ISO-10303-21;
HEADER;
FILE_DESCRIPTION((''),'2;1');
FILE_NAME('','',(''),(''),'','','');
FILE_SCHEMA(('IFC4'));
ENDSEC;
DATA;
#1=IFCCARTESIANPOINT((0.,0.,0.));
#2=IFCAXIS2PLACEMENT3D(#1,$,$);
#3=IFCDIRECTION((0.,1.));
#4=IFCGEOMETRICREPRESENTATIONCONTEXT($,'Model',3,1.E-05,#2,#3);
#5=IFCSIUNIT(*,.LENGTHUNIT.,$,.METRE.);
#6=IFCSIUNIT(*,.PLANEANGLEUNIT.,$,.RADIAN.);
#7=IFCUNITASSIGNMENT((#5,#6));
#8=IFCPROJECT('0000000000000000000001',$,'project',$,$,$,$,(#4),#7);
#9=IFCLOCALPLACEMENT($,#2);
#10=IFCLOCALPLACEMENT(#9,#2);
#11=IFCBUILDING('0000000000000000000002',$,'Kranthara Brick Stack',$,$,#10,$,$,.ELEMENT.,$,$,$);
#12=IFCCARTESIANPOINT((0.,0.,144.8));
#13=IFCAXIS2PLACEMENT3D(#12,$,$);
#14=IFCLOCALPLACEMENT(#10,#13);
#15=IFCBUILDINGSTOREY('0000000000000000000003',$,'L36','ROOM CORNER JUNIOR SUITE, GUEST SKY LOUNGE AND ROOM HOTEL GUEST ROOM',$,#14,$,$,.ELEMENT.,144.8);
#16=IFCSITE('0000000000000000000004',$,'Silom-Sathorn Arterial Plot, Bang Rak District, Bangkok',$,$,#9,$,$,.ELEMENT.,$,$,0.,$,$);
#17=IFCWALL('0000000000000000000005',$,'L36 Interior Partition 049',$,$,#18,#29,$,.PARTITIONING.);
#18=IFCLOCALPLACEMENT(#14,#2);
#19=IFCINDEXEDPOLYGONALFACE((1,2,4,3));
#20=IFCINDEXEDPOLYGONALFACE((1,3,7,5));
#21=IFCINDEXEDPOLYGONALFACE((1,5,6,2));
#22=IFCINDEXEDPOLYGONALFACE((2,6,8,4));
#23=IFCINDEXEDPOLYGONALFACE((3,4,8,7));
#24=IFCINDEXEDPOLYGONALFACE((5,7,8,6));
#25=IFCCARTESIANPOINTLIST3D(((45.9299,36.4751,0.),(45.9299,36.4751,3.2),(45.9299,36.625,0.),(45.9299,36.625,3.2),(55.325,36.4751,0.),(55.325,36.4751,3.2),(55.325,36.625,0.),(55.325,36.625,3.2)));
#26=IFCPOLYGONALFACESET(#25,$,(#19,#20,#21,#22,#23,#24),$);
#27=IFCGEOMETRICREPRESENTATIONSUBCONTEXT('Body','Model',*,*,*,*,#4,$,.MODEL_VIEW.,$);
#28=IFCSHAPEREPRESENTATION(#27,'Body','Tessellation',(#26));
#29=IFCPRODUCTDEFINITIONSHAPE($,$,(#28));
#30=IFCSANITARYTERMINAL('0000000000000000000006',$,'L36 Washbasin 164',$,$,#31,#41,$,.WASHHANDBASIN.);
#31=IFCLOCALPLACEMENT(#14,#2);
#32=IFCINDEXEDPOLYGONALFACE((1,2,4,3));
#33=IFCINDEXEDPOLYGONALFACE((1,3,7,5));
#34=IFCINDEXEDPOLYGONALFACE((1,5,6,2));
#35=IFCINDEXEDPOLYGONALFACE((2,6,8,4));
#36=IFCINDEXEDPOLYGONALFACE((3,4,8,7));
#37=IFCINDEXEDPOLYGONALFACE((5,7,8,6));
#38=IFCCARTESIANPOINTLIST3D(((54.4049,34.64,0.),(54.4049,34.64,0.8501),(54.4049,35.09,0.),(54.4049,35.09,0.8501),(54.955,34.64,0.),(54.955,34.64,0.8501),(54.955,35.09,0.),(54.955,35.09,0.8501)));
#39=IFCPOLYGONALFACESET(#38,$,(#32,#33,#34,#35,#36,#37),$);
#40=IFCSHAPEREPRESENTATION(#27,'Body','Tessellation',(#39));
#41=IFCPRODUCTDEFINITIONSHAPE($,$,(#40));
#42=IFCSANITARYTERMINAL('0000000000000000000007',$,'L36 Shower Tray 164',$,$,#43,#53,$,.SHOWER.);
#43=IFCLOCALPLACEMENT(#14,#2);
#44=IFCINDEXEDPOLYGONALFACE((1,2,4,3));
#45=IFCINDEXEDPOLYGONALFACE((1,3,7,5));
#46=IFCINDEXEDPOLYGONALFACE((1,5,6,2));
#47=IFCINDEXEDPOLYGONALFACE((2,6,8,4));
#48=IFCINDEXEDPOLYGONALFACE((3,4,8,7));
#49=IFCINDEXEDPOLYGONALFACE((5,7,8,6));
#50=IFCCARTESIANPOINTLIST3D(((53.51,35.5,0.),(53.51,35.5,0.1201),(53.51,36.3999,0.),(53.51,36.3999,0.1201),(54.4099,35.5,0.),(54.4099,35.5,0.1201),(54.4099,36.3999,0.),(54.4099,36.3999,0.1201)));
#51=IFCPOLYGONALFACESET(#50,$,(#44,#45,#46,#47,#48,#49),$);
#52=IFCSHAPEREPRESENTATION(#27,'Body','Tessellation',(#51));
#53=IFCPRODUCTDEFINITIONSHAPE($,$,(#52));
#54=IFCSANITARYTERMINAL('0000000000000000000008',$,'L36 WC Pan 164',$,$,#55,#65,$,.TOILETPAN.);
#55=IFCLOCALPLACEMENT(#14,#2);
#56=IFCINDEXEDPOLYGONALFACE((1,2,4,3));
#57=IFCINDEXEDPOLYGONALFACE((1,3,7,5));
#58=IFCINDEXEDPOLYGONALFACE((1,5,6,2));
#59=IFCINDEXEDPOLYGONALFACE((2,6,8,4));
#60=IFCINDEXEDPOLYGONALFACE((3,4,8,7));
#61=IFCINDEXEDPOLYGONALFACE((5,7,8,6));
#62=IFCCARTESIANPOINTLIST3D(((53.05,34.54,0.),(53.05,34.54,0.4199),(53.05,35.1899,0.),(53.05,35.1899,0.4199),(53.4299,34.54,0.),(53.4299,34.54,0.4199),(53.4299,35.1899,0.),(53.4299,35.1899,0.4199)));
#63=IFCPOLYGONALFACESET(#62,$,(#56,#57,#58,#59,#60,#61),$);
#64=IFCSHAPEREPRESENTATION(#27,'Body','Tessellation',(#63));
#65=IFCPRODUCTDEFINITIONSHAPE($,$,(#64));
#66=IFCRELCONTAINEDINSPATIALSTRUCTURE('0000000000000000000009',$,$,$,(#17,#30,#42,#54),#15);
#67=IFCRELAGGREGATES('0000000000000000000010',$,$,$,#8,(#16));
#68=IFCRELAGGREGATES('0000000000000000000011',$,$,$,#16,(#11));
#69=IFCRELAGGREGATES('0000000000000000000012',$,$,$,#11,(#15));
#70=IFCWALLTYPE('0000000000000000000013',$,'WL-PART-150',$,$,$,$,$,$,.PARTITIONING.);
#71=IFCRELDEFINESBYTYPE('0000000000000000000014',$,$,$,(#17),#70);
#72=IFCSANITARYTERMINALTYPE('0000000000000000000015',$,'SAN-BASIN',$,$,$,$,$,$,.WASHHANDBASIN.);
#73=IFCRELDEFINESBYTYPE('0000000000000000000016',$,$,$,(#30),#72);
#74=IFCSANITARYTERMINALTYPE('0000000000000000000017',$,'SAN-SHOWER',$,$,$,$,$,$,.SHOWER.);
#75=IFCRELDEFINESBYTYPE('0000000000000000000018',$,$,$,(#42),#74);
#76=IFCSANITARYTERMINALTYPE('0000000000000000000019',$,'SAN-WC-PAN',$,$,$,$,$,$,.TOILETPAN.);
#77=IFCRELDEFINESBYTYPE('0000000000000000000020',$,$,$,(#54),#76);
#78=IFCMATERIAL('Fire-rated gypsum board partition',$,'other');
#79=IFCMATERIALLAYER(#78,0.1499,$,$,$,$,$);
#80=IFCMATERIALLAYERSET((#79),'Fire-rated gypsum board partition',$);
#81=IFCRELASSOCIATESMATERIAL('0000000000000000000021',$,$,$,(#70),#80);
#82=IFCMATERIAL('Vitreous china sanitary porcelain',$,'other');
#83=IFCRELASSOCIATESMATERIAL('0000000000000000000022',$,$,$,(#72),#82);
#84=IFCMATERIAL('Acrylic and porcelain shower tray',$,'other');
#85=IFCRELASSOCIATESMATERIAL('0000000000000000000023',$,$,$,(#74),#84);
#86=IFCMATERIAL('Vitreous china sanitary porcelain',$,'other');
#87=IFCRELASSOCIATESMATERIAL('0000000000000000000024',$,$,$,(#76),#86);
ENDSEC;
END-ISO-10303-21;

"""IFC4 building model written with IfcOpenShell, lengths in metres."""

from ifc_helpers import new_model, si_unit, direction, frame, frame_2d, origin, origin_2d, place, context, subcontext, project, spatial, rectangle, extrude, material, layer, layer_set, type_object, element, save


model = new_model("IFC4")

# Units and contexts
model_context = context("Model", 3, precision=1e-05, world=origin(), true_north=direction((0.0, 1.0)))
body_context = subcontext(model_context, "Body", "Model", "MODEL_VIEW")
ifc_project = project(units=[si_unit("LENGTHUNIT", "METRE"), si_unit("PLANEANGLEUNIT", "RADIAN")], contexts=[model_context])

# Site, building, storey
site_placement = place(None, origin())
site = spatial("IfcSite", under=ifc_project, at=site_placement, Name="Silom-Sathorn Arterial Plot, Bang Rak District, Bangkok", CompositionType="ELEMENT", RefElevation=0.0)
building_placement = place(site_placement, origin())
building = spatial("IfcBuilding", under=site, at=building_placement, Name="Kranthara Brick Stack", CompositionType="ELEMENT")
storey_placement = place(building_placement, frame((0.0, 0.0, 144.8)))
storey = spatial("IfcBuildingStorey", under=building, at=storey_placement, Name="L36", Description="ROOM CORNER JUNIOR SUITE, GUEST SKY LOUNGE AND ROOM HOTEL GUEST ROOM", CompositionType="ELEMENT", Elevation=144.8)

# Wall
ifc_material_1 = material(Name="Fire-rated gypsum board partition", Category="other")
ifc_layer_1 = layer(ifc_material_1, 0.1499)
ifc_layer_set_1 = layer_set([ifc_layer_1], Name="Fire-rated gypsum board partition")
wall_type_1 = type_object("IfcWallType", Name="WL-PART-150", PredefinedType="PARTITIONING", material=ifc_layer_set_1)
wall_1_placement = place(storey_placement, frame((45.9299, 36.55, 0.0), z_axis=(0.0, 0.0, 1.0), x_axis=(1.0, 0.0, 0.0)))
element("IfcWall", 1, at=wall_1_placement, inside=storey, type_object=wall_type_1, Name="L36 Interior Partition 049", PredefinedType="PARTITIONING", context=body_context, shape_type="SweptSolid", body=[
    extrude(rectangle(XDim=9.395, YDim=0.1499, at=frame_2d((4.6975, 0.0))), origin(), (0.0, 0.0, 1.0), 3.2),
])

# Sanitary terminals
ifc_material_2 = material(Name="Vitreous china sanitary porcelain", Category="other")
sanitary_terminal_type_1 = type_object("IfcSanitaryTerminalType", Name="SAN-BASIN", PredefinedType="WASHHANDBASIN", material=ifc_material_2)
sanitary_terminal_1_placement = place(storey_placement, frame((54.6799, 34.865, 0.0), z_axis=(0.0, 0.0, 1.0), x_axis=(1.0, 0.0, 0.0)))
element("IfcSanitaryTerminal", 2, at=sanitary_terminal_1_placement, inside=storey, type_object=sanitary_terminal_type_1, Name="L36 Washbasin 164", PredefinedType="WASHHANDBASIN", context=body_context, shape_type="SweptSolid", body=[
    extrude(rectangle(XDim=0.55, YDim=0.45, at=origin_2d()), origin(), (0.0, 0.0, 1.0), 0.8501),
])
ifc_material_3 = material(Name="Acrylic and porcelain shower tray", Category="other")
sanitary_terminal_type_2 = type_object("IfcSanitaryTerminalType", Name="SAN-SHOWER", PredefinedType="SHOWER", material=ifc_material_3)
sanitary_terminal_2_placement = place(storey_placement, frame((53.96, 35.95, 0.0), z_axis=(0.0, 0.0, 1.0), x_axis=(1.0, 0.0, 0.0)))
element("IfcSanitaryTerminal", 3, at=sanitary_terminal_2_placement, inside=storey, type_object=sanitary_terminal_type_2, Name="L36 Shower Tray 164", PredefinedType="SHOWER", context=body_context, shape_type="SweptSolid", body=[
    extrude(rectangle(XDim=0.8999, YDim=0.8999, at=origin_2d()), origin(), (0.0, 0.0, 1.0), 0.1201),
])
ifc_material_4 = material(Name="Vitreous china sanitary porcelain", Category="other")
sanitary_terminal_type_3 = type_object("IfcSanitaryTerminalType", Name="SAN-WC-PAN", PredefinedType="TOILETPAN", material=ifc_material_4)
sanitary_terminal_3_placement = place(storey_placement, frame((53.24, 34.865, 0.0), z_axis=(0.0, 0.0, 1.0), x_axis=(1.0, 0.0, 0.0)))
element("IfcSanitaryTerminal", 4, at=sanitary_terminal_3_placement, inside=storey, type_object=sanitary_terminal_type_3, Name="L36 WC Pan 164", PredefinedType="TOILETPAN", context=body_context, shape_type="SweptSolid", body=[
    extrude(rectangle(XDim=0.3799, YDim=0.6499, at=origin_2d()), origin(), (0.0, 0.0, 1.0), 0.4199),
])

save(model, "model.ifc")
